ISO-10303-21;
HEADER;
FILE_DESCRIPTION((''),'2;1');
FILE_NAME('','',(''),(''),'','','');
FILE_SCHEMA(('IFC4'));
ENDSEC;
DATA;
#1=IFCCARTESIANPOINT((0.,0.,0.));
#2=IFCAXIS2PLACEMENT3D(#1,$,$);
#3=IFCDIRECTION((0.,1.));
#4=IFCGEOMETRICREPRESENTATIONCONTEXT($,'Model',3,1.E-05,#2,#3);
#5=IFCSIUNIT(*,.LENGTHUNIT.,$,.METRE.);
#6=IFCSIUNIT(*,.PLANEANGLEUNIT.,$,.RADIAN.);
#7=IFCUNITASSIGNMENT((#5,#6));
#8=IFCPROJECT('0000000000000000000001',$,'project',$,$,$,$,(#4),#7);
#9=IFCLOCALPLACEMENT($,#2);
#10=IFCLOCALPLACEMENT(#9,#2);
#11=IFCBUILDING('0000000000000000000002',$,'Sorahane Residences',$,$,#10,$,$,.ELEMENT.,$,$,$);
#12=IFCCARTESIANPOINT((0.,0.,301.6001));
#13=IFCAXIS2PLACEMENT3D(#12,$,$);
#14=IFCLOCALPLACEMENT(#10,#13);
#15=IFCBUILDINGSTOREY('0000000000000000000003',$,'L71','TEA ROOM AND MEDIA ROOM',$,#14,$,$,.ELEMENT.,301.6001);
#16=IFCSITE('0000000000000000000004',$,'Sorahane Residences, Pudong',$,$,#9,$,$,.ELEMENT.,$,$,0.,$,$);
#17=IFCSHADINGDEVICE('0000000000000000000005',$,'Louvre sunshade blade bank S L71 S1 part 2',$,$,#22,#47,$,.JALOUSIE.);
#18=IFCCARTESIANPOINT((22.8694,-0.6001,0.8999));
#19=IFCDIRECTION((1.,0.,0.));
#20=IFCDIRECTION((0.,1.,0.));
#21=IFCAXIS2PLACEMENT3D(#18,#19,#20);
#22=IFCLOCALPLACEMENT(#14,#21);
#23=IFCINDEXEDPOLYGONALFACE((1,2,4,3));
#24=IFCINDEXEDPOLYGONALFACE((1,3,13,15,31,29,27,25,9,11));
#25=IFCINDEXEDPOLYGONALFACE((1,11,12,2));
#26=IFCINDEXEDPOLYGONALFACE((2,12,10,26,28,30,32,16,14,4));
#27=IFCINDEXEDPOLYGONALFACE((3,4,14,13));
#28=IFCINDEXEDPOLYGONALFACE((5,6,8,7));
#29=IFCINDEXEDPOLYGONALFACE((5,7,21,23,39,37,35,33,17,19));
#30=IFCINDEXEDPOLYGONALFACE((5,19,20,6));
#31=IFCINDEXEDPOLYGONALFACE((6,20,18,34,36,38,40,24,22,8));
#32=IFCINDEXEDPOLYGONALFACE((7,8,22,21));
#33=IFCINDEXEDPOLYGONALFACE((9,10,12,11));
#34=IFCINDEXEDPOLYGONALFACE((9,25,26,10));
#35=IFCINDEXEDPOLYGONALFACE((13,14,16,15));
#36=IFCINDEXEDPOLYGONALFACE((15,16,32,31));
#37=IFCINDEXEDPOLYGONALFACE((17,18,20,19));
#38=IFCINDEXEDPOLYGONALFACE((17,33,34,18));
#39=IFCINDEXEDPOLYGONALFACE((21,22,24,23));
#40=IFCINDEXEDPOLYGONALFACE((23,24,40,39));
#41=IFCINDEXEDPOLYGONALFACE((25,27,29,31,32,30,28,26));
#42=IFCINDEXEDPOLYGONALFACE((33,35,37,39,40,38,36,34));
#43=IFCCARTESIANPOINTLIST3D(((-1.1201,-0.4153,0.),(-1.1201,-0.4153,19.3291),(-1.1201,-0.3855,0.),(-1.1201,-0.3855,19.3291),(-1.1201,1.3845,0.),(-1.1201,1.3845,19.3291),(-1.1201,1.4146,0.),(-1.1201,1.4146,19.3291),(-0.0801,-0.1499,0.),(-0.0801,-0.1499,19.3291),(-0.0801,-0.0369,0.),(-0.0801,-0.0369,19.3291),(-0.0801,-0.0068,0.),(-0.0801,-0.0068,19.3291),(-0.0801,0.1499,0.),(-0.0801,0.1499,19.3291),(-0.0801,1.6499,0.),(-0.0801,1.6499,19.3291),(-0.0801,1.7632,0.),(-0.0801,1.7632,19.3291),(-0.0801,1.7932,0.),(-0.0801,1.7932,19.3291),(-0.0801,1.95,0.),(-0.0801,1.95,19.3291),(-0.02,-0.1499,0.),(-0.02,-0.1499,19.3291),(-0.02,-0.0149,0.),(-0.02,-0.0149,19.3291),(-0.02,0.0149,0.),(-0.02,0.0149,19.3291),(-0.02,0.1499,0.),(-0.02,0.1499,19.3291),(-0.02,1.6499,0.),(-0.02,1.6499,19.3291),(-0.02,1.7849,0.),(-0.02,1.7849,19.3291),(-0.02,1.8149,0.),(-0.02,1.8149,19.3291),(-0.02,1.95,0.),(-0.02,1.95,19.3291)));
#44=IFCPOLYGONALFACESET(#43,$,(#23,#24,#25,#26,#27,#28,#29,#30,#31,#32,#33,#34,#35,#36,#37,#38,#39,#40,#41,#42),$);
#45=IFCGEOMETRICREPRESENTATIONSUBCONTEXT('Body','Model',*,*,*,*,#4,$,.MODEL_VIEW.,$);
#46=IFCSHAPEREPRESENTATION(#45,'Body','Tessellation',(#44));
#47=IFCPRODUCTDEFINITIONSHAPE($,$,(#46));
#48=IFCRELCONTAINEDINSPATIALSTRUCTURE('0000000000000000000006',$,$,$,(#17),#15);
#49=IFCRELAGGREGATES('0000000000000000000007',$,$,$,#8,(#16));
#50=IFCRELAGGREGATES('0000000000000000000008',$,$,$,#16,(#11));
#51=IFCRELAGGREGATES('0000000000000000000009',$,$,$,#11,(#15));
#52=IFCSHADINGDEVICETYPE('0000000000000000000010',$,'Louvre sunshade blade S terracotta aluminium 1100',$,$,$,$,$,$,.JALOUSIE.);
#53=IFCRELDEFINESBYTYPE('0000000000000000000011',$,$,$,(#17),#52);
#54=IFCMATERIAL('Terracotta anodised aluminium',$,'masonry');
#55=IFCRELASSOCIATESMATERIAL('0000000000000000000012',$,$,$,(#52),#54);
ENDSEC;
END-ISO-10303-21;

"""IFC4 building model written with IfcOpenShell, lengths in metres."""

from ifc_helpers import new_model, si_unit, direction, frame, origin, place, context, subcontext, project, spatial, polyline, outline, composite_profile, extrude, material, type_object, element, save


model = new_model("IFC4")

# Units and contexts
model_context = context("Model", 3, precision=1e-05, world=origin(), true_north=direction((0.0, 1.0)))
body_context = subcontext(model_context, "Body", "Model", "MODEL_VIEW")
ifc_project = project(units=[si_unit("LENGTHUNIT", "METRE"), si_unit("PLANEANGLEUNIT", "RADIAN")], contexts=[model_context])

# Site, building, storey
site_placement = place(None, origin())
site = spatial("IfcSite", under=ifc_project, at=site_placement, Name="Sorahane Residences, Pudong", CompositionType="ELEMENT", RefElevation=0.0)
building_placement = place(site_placement, origin())
building = spatial("IfcBuilding", under=site, at=building_placement, Name="Sorahane Residences", CompositionType="ELEMENT")
storey_placement = place(building_placement, frame((0.0, 0.0, 301.6001)))
storey = spatial("IfcBuildingStorey", under=building, at=storey_placement, Name="L71", Description="TEA ROOM AND MEDIA ROOM", CompositionType="ELEMENT", Elevation=301.6001)

# Shading device
ifc_material_1 = material(Name="Terracotta anodised aluminium", Category="masonry")
shading_device_type = type_object("IfcShadingDeviceType", Name="Louvre sunshade blade S terracotta aluminium 1100", PredefinedType="JALOUSIE", material=ifc_material_1)
shading_device_placement = place(storey_placement, frame((22.8694, -0.6001, 0.8999), z_axis=(1.0, 0.0, 0.0), x_axis=(0.0, 1.0, 0.0)))
element("IfcShadingDevice", 1, at=shading_device_placement, inside=storey, type_object=shading_device_type, Name="Louvre sunshade blade bank S L71 S1 part 2", PredefinedType="JALOUSIE", context=body_context, shape_type="SweptSolid", body=[
    extrude(composite_profile([outline(polyline([(-1.1201, -0.3855), (-1.1201, -0.4153), (-0.0801, -0.0369), (-0.0801, -0.1499), (-0.02, -0.1499), (-0.02, -0.0149), (-0.02, 0.0149), (-0.02, 0.1499), (-0.0801, 0.1499), (-0.0801, -0.0068), (-1.1201, -0.3855)])), outline(polyline([(-1.1201, 1.4146), (-1.1201, 1.3845), (-0.0801, 1.7632), (-0.0801, 1.6499), (-0.02, 1.6499), (-0.02, 1.7849), (-0.02, 1.8149), (-0.02, 1.95), (-0.0801, 1.95), (-0.0801, 1.7932), (-1.1201, 1.4146)]))]), origin(), (0.0, 0.0, 1.0), 19.3291),
])

save(model, "model.ifc")
